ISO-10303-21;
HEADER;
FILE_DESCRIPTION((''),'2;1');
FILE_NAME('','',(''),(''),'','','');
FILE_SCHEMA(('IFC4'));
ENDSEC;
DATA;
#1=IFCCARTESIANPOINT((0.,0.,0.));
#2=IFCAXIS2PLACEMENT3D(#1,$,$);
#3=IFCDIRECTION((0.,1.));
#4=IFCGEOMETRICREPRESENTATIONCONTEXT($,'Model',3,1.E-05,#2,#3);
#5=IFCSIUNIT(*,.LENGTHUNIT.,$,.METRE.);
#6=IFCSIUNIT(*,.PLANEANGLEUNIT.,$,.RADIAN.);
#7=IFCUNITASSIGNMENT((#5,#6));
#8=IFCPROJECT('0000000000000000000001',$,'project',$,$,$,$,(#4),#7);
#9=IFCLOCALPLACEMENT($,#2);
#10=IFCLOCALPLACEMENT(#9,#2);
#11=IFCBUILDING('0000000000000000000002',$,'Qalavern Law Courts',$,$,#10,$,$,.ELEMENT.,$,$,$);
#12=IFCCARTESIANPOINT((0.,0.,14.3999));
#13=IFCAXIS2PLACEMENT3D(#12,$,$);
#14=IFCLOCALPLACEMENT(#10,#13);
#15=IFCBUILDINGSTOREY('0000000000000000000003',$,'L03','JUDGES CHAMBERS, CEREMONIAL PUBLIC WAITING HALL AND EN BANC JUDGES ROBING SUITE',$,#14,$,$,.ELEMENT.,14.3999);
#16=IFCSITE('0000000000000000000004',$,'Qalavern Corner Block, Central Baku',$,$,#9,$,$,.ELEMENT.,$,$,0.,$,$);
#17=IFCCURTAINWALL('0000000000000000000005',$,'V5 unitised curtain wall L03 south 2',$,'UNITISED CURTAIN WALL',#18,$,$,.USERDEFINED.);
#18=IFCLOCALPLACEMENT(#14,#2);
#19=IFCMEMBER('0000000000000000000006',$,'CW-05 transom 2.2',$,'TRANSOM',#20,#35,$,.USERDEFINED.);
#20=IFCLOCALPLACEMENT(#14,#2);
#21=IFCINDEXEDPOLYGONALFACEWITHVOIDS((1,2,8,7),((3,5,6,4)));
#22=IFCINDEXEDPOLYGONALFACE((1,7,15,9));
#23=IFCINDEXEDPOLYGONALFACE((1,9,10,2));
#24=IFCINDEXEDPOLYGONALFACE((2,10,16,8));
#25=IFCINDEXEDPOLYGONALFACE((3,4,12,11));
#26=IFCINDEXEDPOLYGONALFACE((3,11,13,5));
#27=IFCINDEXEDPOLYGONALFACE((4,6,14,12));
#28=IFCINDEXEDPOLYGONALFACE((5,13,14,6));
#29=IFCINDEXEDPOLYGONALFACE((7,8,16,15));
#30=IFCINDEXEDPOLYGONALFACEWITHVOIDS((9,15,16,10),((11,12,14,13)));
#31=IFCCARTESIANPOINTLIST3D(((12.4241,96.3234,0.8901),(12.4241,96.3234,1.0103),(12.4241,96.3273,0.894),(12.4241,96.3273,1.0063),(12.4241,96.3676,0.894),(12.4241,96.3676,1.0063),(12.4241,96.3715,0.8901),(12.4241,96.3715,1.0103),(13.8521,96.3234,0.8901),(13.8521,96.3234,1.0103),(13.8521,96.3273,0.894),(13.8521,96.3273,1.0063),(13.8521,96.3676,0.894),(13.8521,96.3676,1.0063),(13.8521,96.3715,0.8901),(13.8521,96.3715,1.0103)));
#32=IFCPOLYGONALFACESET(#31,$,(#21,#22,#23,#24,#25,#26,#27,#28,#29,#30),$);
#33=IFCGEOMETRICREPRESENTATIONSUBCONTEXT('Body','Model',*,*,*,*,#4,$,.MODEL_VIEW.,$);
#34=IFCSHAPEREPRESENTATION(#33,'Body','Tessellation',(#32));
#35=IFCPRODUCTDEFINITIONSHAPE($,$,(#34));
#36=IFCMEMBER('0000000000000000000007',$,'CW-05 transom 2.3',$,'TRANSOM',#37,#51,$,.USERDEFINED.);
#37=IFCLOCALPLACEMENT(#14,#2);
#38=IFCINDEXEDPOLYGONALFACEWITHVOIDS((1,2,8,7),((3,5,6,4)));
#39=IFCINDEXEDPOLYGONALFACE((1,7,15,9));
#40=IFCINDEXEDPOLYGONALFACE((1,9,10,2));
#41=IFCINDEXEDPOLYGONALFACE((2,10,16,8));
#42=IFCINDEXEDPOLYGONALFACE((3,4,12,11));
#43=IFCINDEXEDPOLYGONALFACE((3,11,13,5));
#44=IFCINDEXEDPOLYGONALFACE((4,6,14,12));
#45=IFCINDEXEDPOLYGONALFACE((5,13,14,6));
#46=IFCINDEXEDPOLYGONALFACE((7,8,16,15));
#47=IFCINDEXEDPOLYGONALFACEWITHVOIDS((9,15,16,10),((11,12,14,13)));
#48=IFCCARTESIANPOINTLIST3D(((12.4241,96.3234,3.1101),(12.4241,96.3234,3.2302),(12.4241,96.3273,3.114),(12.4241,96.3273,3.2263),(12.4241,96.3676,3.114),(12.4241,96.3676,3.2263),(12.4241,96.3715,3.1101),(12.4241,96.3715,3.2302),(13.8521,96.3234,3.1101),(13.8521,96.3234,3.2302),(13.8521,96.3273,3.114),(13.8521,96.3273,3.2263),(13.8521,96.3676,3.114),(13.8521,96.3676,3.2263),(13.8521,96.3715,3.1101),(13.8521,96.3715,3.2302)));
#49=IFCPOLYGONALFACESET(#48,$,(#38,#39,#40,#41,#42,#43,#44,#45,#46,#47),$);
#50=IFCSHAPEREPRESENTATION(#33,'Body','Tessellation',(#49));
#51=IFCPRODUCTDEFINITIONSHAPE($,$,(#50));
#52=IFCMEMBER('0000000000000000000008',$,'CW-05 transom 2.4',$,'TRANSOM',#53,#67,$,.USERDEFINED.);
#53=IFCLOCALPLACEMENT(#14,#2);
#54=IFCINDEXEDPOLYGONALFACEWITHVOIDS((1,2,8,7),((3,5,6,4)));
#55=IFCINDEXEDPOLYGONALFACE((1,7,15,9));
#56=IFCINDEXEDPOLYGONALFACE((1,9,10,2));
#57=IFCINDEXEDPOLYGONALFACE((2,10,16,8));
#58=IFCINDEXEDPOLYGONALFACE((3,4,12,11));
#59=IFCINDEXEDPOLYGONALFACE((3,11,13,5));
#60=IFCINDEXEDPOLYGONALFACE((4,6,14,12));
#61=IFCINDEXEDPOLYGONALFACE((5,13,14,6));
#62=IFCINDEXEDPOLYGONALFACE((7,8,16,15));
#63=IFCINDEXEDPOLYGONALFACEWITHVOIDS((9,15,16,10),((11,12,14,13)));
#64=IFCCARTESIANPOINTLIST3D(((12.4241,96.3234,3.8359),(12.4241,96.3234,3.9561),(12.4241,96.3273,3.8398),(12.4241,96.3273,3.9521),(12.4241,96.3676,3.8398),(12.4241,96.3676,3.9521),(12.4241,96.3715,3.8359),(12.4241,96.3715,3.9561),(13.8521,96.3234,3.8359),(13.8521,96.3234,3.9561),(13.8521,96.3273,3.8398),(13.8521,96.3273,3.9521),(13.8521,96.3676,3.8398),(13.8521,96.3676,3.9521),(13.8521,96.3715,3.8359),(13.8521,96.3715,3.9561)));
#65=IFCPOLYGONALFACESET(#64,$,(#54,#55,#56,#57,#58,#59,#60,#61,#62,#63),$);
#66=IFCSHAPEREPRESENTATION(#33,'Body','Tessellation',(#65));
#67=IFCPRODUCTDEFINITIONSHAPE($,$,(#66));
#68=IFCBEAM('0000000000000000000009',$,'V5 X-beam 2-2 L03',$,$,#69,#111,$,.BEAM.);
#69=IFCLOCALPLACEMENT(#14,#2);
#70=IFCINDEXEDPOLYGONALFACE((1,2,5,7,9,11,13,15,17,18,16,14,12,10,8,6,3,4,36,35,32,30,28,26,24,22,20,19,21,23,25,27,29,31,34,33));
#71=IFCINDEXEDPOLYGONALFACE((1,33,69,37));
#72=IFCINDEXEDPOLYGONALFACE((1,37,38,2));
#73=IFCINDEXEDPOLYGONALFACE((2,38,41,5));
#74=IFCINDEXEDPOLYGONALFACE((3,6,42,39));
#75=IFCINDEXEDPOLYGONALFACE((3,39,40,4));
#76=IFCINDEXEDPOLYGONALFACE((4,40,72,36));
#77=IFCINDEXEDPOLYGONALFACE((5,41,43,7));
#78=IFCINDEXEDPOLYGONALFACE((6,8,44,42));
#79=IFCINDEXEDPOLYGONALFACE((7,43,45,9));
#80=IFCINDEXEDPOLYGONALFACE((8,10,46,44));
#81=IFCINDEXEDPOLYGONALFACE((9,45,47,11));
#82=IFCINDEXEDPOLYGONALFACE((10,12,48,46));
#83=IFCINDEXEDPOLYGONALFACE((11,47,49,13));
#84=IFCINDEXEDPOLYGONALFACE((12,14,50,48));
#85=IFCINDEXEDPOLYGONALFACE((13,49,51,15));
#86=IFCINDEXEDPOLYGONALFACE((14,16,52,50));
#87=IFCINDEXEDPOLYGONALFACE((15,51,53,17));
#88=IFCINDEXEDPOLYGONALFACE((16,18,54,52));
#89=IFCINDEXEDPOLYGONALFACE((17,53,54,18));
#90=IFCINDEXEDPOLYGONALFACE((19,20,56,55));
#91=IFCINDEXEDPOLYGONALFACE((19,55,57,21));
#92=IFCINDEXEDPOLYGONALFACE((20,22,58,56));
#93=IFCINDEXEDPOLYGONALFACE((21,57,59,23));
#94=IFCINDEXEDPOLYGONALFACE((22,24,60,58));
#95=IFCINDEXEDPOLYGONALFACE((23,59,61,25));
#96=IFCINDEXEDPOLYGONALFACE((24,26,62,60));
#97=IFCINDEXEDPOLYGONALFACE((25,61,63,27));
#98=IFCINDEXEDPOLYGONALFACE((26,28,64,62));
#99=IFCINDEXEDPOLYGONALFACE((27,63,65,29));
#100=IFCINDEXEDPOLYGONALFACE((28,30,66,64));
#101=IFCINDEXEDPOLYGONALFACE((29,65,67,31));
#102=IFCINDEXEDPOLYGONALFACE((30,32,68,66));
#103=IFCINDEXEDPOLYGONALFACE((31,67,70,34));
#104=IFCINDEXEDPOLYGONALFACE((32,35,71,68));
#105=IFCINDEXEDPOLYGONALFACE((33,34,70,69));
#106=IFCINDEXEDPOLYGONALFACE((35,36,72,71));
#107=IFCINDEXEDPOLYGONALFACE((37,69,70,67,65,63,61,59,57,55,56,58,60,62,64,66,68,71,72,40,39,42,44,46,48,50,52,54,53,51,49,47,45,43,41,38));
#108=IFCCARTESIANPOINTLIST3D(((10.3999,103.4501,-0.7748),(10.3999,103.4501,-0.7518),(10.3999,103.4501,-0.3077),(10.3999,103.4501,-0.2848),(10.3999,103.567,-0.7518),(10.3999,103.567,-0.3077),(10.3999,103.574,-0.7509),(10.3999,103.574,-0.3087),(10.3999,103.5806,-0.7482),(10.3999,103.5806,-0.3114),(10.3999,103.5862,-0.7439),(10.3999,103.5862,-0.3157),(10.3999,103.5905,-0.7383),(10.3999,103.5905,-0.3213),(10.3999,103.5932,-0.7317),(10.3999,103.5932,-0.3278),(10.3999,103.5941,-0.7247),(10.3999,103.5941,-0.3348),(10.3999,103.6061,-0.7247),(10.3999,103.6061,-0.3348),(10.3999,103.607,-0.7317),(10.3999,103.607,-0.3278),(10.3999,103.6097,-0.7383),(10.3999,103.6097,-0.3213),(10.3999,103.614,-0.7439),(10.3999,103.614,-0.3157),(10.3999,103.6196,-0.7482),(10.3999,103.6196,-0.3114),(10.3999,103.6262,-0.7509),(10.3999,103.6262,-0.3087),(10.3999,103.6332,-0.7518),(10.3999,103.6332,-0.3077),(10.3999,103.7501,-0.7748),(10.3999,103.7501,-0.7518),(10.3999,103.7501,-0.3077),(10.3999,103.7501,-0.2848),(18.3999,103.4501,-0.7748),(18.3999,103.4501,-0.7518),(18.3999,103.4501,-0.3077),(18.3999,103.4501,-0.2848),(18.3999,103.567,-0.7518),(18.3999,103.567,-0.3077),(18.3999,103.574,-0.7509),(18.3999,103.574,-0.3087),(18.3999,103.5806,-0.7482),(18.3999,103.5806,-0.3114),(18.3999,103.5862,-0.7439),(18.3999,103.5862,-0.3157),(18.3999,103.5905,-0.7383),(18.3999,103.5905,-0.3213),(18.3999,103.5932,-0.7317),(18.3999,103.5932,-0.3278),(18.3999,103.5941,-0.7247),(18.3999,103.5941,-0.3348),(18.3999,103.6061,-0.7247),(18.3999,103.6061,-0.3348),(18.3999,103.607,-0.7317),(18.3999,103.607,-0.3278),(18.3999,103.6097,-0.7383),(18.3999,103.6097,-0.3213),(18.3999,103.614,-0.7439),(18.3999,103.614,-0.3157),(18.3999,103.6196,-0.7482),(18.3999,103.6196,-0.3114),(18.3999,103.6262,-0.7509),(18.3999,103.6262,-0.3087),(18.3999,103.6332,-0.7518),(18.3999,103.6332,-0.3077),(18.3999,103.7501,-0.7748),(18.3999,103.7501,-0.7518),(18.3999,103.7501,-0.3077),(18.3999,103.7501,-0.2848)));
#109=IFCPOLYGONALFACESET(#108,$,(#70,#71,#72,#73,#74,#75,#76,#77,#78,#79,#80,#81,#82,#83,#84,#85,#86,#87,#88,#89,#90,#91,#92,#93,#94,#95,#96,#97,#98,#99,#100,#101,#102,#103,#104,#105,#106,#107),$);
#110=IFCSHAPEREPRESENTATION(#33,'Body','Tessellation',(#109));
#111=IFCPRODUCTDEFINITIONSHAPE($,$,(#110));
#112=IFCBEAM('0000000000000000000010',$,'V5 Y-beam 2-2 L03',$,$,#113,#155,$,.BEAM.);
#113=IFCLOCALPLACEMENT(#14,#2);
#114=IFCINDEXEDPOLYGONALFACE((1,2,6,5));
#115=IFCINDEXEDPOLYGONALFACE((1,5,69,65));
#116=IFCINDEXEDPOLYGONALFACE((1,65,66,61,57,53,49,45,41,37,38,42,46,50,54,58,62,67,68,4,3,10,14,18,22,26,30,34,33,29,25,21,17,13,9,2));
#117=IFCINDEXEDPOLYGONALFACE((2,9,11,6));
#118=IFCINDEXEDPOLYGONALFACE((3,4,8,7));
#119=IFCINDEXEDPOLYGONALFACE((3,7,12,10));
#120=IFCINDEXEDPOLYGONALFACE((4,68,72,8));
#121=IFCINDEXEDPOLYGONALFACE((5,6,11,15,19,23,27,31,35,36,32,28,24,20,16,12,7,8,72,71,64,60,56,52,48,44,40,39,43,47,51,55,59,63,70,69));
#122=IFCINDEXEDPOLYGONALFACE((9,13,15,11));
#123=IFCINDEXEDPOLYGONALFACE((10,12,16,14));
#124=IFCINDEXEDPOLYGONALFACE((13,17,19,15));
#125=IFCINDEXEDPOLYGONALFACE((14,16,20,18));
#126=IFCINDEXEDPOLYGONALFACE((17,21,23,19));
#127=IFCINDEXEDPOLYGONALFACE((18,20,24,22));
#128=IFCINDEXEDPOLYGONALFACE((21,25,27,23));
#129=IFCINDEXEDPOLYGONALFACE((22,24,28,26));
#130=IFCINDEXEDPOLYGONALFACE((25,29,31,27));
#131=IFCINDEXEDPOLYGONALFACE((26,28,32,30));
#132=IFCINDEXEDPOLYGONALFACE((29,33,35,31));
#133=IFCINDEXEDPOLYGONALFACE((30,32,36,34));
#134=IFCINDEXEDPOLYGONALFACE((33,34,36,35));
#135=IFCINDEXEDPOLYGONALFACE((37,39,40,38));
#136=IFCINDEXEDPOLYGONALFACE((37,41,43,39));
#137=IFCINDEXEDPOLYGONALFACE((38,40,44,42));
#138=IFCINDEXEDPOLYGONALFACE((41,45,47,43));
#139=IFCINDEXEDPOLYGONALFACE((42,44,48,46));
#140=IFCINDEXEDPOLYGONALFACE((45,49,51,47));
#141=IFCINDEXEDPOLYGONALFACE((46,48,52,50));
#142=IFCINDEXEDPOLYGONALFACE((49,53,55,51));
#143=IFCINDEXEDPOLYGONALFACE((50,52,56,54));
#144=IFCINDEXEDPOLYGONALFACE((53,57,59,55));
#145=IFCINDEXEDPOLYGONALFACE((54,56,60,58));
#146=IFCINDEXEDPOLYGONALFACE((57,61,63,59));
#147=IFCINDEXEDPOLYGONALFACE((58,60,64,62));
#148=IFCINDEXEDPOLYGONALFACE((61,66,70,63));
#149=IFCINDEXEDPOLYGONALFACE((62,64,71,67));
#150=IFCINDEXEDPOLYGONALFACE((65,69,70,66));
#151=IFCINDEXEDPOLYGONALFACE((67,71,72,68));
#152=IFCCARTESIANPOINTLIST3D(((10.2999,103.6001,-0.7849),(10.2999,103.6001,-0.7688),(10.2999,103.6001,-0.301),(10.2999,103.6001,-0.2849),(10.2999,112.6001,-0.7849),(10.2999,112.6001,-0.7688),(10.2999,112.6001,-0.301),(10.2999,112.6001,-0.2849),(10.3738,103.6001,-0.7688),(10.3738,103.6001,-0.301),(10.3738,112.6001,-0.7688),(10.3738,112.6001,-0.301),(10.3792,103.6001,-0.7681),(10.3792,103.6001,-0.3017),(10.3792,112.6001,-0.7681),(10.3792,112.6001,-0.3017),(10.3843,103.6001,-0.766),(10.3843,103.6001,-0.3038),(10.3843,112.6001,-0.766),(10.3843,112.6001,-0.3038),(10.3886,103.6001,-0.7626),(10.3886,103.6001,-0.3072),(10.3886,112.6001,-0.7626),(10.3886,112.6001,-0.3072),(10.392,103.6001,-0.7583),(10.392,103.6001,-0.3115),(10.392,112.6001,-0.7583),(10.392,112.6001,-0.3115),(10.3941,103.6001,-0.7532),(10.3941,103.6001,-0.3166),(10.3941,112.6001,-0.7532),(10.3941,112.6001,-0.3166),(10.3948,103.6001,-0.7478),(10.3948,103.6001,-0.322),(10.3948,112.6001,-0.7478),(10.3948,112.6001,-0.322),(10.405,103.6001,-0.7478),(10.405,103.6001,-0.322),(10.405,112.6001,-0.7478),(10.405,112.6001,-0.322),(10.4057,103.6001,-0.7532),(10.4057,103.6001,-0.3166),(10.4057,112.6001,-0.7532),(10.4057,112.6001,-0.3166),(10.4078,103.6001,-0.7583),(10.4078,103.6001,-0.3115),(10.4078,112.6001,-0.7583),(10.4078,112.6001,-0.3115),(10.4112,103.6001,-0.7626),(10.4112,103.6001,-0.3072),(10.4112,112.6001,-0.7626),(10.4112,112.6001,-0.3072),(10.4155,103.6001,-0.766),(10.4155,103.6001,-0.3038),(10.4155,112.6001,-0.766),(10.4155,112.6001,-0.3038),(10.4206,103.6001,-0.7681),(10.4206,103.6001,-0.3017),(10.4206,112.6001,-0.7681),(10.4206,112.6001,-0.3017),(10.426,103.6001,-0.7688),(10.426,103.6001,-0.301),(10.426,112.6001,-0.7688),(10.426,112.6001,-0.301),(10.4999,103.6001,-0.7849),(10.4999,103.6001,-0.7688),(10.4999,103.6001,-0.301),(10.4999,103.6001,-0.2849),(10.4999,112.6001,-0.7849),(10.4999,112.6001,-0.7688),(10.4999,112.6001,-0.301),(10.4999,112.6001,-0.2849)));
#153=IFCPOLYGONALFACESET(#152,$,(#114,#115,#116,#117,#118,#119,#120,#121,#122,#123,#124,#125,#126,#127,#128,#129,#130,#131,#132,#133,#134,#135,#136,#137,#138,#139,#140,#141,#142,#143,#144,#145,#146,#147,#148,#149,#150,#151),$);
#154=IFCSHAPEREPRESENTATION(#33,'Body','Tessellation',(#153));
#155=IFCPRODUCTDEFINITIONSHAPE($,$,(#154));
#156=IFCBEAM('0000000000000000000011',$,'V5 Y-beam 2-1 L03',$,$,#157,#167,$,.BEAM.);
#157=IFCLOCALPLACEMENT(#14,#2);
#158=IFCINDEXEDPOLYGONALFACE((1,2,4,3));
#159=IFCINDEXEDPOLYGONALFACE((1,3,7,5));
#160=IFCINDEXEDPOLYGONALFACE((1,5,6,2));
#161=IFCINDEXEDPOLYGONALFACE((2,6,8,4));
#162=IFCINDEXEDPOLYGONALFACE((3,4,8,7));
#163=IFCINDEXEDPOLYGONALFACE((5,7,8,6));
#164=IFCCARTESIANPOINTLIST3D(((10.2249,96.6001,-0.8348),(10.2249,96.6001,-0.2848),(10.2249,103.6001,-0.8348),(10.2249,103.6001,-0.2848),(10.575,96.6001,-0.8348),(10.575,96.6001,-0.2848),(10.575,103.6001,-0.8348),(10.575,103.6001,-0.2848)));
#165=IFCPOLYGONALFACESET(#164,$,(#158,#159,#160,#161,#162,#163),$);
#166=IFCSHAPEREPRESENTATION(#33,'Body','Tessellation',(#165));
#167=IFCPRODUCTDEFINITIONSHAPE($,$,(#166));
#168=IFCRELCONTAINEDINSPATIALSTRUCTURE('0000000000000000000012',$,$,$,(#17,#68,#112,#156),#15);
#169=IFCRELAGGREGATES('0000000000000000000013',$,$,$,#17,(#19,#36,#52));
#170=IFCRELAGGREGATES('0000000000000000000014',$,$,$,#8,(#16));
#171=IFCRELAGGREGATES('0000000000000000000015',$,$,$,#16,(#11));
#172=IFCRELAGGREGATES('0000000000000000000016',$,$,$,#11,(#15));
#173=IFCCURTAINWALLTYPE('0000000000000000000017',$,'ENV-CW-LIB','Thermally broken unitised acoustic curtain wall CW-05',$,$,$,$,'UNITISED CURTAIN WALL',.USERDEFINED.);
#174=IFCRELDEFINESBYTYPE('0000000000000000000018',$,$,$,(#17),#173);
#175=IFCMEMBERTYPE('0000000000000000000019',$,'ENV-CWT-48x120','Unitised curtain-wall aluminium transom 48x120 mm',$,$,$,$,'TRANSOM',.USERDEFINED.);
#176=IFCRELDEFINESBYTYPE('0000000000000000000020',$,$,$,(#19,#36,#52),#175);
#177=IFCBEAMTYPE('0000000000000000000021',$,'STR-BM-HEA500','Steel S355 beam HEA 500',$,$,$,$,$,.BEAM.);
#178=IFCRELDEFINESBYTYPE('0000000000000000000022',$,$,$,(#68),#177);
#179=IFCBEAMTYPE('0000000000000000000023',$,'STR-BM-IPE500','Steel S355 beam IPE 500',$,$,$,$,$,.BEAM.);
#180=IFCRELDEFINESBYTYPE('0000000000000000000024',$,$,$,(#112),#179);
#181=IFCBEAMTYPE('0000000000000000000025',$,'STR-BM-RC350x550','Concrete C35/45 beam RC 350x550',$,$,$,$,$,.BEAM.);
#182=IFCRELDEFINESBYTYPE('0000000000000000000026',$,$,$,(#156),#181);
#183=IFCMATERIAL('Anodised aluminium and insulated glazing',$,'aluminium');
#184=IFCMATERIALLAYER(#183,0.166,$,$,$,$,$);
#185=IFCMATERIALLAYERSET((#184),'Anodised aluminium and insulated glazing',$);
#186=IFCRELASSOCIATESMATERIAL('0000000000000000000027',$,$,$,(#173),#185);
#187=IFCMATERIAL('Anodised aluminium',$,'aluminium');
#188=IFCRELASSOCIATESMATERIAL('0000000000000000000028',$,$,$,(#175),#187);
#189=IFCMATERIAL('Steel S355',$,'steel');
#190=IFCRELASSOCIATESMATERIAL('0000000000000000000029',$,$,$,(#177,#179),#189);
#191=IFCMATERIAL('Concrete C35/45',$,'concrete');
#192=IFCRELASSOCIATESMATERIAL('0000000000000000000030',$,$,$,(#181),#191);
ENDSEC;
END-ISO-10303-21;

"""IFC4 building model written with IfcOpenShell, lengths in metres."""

from ifc_helpers import new_model, si_unit, direction, frame, origin, origin_2d, place, context, subcontext, project, spatial, rectangle, hollow_rectangle, i_section, extrude, material, layer, layer_set, material_profile, profile_set, type_object, element, aggregate, save


model = new_model("IFC4")

# Units and contexts
model_context = context("Model", 3, precision=1e-05, world=origin(), true_north=direction((0.0, 1.0)))
body_context = subcontext(model_context, "Body", "Model", "MODEL_VIEW")
ifc_project = project(units=[si_unit("LENGTHUNIT", "METRE"), si_unit("PLANEANGLEUNIT", "RADIAN")], contexts=[model_context])

# Site, building, storey
site_placement = place(None, origin())
site = spatial("IfcSite", under=ifc_project, at=site_placement, Name="Qalavern Corner Block, Central Baku", CompositionType="ELEMENT", RefElevation=0.0)
building_placement = place(site_placement, origin())
building = spatial("IfcBuilding", under=site, at=building_placement, Name="Qalavern Law Courts", CompositionType="ELEMENT")
storey_placement = place(building_placement, frame((0.0, 0.0, 14.3999)))
storey = spatial("IfcBuildingStorey", under=building, at=storey_placement, Name="L03", Description="JUDGES CHAMBERS, CEREMONIAL PUBLIC WAITING HALL AND EN BANC JUDGES ROBING SUITE", CompositionType="ELEMENT", Elevation=14.3999)

# Shared definitions
ifc_material_1 = material(Name="Anodised aluminium and insulated glazing", Category="aluminium")
ifc_layer_1 = layer(ifc_material_1, 0.166)
ifc_layer_set_1 = layer_set([ifc_layer_1], Name="Anodised aluminium and insulated glazing")
curtain_wall_type = type_object("IfcCurtainWallType", Name="ENV-CW-LIB", Description="Thermally broken unitised acoustic curtain wall CW-05", ElementType="UNITISED CURTAIN WALL", PredefinedType="USERDEFINED", material=ifc_layer_set_1)
ifc_material_2 = material(Name="Anodised aluminium", Category="aluminium")

# Curtain wall, members
curtain_wall_1_placement = place(storey_placement, origin())
curtain_wall_1 = element("IfcCurtainWall", 1, at=curtain_wall_1_placement, inside=storey, type_object=curtain_wall_type, Name="V5 unitised curtain wall L03 south 2", ObjectType="UNITISED CURTAIN WALL", PredefinedType="USERDEFINED")
ifc_material_profile_1 = material_profile(ifc_material_2, hollow_rectangle(XDim=0.0481, YDim=0.1201, WallThickness=0.0039, at=origin_2d()), Name="ALU TRANSOM 48x120")
ifc_profile_set_1 = profile_set([ifc_material_profile_1], Name="Anodised aluminium")
member_type_1 = type_object("IfcMemberType", Name="ENV-CWT-48x120", Description="Unitised curtain-wall aluminium transom 48x120 mm", ElementType="TRANSOM", PredefinedType="USERDEFINED", material=ifc_profile_set_1)
member_1_placement = place(storey_placement, frame((12.4241, 96.3474, 0.9502), z_axis=(1.0, 0.0, 0.0), x_axis=(0.0, 1.0, 0.0)))
member_1 = element("IfcMember", 2, at=member_1_placement, type_object=member_type_1, Name="CW-05 transom 2.2", ObjectType="TRANSOM", PredefinedType="USERDEFINED", context=body_context, shape_type="SweptSolid", body=[
    extrude(hollow_rectangle(XDim=0.0481, YDim=0.1201, WallThickness=0.0039, at=origin_2d()), origin(), (0.0, 0.0, 1.0), 1.428),
])
member_2_placement = place(storey_placement, frame((12.4241, 96.3474, 3.1702), z_axis=(1.0, 0.0, 0.0), x_axis=(0.0, 1.0, 0.0)))
member_2 = element("IfcMember", 3, at=member_2_placement, type_object=member_type_1, Name="CW-05 transom 2.3", ObjectType="TRANSOM", PredefinedType="USERDEFINED", context=body_context, shape_type="SweptSolid", body=[
    extrude(hollow_rectangle(XDim=0.0481, YDim=0.1201, WallThickness=0.0039, at=origin_2d()), origin(), (0.0, 0.0, 1.0), 1.428),
])
member_3_placement = place(storey_placement, frame((12.4241, 96.3474, 3.896), z_axis=(1.0, 0.0, 0.0), x_axis=(0.0, 1.0, 0.0)))
member_3 = element("IfcMember", 4, at=member_3_placement, type_object=member_type_1, Name="CW-05 transom 2.4", ObjectType="TRANSOM", PredefinedType="USERDEFINED", context=body_context, shape_type="SweptSolid", body=[
    extrude(hollow_rectangle(XDim=0.0481, YDim=0.1201, WallThickness=0.0039, at=origin_2d()), origin(), (0.0, 0.0, 1.0), 1.428),
])

# Beams
ifc_material_3 = material(Name="Steel S355", Category="steel")
ifc_material_profile_2 = material_profile(ifc_material_3, i_section(OverallWidth=0.3, OverallDepth=0.49, WebThickness=0.012, FlangeThickness=0.0229, FilletRadius=0.0271, at=origin_2d()), Name="HEA 500")
ifc_profile_set_2 = profile_set([ifc_material_profile_2], Name="Steel S355")
beam_type_1 = type_object("IfcBeamType", Name="STR-BM-HEA500", Description="Steel S355 beam HEA 500", PredefinedType="BEAM", material=ifc_profile_set_2)
beam_1_placement = place(storey_placement, frame((10.3999, 103.6001, -0.5298), z_axis=(1.0, 0.0, 0.0), x_axis=(0.0, 1.0, 0.0)))
element("IfcBeam", 5, at=beam_1_placement, inside=storey, type_object=beam_type_1, Name="V5 X-beam 2-2 L03", PredefinedType="BEAM", context=body_context, shape_type="SweptSolid", body=[
    extrude(i_section(OverallWidth=0.3, OverallDepth=0.49, WebThickness=0.012, FlangeThickness=0.0229, FilletRadius=0.0271, at=origin_2d()), origin(), (0.0, 0.0, 1.0), 8.0),
])
ifc_material_profile_3 = material_profile(ifc_material_3, i_section(OverallWidth=0.2, OverallDepth=0.5, WebThickness=0.0103, FlangeThickness=0.0161, FilletRadius=0.021, at=origin_2d()), Name="IPE 500")
ifc_profile_set_3 = profile_set([ifc_material_profile_3], Name="Steel S355")
beam_type_2 = type_object("IfcBeamType", Name="STR-BM-IPE500", Description="Steel S355 beam IPE 500", PredefinedType="BEAM", material=ifc_profile_set_3)
beam_2_placement = place(storey_placement, frame((10.3999, 103.6001, -0.5349), z_axis=(0.0, 1.0, 0.0), x_axis=(-1.0, 0.0, 0.0)))
element("IfcBeam", 6, at=beam_2_placement, inside=storey, type_object=beam_type_2, Name="V5 Y-beam 2-2 L03", PredefinedType="BEAM", context=body_context, shape_type="SweptSolid", body=[
    extrude(i_section(OverallWidth=0.2, OverallDepth=0.5, WebThickness=0.0103, FlangeThickness=0.0161, FilletRadius=0.021, at=origin_2d()), origin(), (0.0, 0.0, 1.0), 9.0),
])
ifc_material_4 = material(Name="Concrete C35/45", Category="concrete")
ifc_material_profile_4 = material_profile(ifc_material_4, rectangle(XDim=0.3501, YDim=0.55, at=origin_2d()), Name="RC 350x550")
ifc_profile_set_4 = profile_set([ifc_material_profile_4], Name="Concrete C35/45")
beam_type_3 = type_object("IfcBeamType", Name="STR-BM-RC350x550", Description="Concrete C35/45 beam RC 350x550", PredefinedType="BEAM", material=ifc_profile_set_4)
beam_3_placement = place(storey_placement, frame((10.3999, 96.6001, -0.5598), z_axis=(0.0, 1.0, 0.0), x_axis=(-1.0, 0.0, 0.0)))
element("IfcBeam", 7, at=beam_3_placement, inside=storey, type_object=beam_type_3, Name="V5 Y-beam 2-1 L03", PredefinedType="BEAM", context=body_context, shape_type="SweptSolid", body=[
    extrude(rectangle(XDim=0.3501, YDim=0.55, at=origin_2d()), origin(), (0.0, 0.0, 1.0), 7.0),
])

aggregate(curtain_wall_1, [member_1, member_2, member_3])

save(model, "model.ifc")
